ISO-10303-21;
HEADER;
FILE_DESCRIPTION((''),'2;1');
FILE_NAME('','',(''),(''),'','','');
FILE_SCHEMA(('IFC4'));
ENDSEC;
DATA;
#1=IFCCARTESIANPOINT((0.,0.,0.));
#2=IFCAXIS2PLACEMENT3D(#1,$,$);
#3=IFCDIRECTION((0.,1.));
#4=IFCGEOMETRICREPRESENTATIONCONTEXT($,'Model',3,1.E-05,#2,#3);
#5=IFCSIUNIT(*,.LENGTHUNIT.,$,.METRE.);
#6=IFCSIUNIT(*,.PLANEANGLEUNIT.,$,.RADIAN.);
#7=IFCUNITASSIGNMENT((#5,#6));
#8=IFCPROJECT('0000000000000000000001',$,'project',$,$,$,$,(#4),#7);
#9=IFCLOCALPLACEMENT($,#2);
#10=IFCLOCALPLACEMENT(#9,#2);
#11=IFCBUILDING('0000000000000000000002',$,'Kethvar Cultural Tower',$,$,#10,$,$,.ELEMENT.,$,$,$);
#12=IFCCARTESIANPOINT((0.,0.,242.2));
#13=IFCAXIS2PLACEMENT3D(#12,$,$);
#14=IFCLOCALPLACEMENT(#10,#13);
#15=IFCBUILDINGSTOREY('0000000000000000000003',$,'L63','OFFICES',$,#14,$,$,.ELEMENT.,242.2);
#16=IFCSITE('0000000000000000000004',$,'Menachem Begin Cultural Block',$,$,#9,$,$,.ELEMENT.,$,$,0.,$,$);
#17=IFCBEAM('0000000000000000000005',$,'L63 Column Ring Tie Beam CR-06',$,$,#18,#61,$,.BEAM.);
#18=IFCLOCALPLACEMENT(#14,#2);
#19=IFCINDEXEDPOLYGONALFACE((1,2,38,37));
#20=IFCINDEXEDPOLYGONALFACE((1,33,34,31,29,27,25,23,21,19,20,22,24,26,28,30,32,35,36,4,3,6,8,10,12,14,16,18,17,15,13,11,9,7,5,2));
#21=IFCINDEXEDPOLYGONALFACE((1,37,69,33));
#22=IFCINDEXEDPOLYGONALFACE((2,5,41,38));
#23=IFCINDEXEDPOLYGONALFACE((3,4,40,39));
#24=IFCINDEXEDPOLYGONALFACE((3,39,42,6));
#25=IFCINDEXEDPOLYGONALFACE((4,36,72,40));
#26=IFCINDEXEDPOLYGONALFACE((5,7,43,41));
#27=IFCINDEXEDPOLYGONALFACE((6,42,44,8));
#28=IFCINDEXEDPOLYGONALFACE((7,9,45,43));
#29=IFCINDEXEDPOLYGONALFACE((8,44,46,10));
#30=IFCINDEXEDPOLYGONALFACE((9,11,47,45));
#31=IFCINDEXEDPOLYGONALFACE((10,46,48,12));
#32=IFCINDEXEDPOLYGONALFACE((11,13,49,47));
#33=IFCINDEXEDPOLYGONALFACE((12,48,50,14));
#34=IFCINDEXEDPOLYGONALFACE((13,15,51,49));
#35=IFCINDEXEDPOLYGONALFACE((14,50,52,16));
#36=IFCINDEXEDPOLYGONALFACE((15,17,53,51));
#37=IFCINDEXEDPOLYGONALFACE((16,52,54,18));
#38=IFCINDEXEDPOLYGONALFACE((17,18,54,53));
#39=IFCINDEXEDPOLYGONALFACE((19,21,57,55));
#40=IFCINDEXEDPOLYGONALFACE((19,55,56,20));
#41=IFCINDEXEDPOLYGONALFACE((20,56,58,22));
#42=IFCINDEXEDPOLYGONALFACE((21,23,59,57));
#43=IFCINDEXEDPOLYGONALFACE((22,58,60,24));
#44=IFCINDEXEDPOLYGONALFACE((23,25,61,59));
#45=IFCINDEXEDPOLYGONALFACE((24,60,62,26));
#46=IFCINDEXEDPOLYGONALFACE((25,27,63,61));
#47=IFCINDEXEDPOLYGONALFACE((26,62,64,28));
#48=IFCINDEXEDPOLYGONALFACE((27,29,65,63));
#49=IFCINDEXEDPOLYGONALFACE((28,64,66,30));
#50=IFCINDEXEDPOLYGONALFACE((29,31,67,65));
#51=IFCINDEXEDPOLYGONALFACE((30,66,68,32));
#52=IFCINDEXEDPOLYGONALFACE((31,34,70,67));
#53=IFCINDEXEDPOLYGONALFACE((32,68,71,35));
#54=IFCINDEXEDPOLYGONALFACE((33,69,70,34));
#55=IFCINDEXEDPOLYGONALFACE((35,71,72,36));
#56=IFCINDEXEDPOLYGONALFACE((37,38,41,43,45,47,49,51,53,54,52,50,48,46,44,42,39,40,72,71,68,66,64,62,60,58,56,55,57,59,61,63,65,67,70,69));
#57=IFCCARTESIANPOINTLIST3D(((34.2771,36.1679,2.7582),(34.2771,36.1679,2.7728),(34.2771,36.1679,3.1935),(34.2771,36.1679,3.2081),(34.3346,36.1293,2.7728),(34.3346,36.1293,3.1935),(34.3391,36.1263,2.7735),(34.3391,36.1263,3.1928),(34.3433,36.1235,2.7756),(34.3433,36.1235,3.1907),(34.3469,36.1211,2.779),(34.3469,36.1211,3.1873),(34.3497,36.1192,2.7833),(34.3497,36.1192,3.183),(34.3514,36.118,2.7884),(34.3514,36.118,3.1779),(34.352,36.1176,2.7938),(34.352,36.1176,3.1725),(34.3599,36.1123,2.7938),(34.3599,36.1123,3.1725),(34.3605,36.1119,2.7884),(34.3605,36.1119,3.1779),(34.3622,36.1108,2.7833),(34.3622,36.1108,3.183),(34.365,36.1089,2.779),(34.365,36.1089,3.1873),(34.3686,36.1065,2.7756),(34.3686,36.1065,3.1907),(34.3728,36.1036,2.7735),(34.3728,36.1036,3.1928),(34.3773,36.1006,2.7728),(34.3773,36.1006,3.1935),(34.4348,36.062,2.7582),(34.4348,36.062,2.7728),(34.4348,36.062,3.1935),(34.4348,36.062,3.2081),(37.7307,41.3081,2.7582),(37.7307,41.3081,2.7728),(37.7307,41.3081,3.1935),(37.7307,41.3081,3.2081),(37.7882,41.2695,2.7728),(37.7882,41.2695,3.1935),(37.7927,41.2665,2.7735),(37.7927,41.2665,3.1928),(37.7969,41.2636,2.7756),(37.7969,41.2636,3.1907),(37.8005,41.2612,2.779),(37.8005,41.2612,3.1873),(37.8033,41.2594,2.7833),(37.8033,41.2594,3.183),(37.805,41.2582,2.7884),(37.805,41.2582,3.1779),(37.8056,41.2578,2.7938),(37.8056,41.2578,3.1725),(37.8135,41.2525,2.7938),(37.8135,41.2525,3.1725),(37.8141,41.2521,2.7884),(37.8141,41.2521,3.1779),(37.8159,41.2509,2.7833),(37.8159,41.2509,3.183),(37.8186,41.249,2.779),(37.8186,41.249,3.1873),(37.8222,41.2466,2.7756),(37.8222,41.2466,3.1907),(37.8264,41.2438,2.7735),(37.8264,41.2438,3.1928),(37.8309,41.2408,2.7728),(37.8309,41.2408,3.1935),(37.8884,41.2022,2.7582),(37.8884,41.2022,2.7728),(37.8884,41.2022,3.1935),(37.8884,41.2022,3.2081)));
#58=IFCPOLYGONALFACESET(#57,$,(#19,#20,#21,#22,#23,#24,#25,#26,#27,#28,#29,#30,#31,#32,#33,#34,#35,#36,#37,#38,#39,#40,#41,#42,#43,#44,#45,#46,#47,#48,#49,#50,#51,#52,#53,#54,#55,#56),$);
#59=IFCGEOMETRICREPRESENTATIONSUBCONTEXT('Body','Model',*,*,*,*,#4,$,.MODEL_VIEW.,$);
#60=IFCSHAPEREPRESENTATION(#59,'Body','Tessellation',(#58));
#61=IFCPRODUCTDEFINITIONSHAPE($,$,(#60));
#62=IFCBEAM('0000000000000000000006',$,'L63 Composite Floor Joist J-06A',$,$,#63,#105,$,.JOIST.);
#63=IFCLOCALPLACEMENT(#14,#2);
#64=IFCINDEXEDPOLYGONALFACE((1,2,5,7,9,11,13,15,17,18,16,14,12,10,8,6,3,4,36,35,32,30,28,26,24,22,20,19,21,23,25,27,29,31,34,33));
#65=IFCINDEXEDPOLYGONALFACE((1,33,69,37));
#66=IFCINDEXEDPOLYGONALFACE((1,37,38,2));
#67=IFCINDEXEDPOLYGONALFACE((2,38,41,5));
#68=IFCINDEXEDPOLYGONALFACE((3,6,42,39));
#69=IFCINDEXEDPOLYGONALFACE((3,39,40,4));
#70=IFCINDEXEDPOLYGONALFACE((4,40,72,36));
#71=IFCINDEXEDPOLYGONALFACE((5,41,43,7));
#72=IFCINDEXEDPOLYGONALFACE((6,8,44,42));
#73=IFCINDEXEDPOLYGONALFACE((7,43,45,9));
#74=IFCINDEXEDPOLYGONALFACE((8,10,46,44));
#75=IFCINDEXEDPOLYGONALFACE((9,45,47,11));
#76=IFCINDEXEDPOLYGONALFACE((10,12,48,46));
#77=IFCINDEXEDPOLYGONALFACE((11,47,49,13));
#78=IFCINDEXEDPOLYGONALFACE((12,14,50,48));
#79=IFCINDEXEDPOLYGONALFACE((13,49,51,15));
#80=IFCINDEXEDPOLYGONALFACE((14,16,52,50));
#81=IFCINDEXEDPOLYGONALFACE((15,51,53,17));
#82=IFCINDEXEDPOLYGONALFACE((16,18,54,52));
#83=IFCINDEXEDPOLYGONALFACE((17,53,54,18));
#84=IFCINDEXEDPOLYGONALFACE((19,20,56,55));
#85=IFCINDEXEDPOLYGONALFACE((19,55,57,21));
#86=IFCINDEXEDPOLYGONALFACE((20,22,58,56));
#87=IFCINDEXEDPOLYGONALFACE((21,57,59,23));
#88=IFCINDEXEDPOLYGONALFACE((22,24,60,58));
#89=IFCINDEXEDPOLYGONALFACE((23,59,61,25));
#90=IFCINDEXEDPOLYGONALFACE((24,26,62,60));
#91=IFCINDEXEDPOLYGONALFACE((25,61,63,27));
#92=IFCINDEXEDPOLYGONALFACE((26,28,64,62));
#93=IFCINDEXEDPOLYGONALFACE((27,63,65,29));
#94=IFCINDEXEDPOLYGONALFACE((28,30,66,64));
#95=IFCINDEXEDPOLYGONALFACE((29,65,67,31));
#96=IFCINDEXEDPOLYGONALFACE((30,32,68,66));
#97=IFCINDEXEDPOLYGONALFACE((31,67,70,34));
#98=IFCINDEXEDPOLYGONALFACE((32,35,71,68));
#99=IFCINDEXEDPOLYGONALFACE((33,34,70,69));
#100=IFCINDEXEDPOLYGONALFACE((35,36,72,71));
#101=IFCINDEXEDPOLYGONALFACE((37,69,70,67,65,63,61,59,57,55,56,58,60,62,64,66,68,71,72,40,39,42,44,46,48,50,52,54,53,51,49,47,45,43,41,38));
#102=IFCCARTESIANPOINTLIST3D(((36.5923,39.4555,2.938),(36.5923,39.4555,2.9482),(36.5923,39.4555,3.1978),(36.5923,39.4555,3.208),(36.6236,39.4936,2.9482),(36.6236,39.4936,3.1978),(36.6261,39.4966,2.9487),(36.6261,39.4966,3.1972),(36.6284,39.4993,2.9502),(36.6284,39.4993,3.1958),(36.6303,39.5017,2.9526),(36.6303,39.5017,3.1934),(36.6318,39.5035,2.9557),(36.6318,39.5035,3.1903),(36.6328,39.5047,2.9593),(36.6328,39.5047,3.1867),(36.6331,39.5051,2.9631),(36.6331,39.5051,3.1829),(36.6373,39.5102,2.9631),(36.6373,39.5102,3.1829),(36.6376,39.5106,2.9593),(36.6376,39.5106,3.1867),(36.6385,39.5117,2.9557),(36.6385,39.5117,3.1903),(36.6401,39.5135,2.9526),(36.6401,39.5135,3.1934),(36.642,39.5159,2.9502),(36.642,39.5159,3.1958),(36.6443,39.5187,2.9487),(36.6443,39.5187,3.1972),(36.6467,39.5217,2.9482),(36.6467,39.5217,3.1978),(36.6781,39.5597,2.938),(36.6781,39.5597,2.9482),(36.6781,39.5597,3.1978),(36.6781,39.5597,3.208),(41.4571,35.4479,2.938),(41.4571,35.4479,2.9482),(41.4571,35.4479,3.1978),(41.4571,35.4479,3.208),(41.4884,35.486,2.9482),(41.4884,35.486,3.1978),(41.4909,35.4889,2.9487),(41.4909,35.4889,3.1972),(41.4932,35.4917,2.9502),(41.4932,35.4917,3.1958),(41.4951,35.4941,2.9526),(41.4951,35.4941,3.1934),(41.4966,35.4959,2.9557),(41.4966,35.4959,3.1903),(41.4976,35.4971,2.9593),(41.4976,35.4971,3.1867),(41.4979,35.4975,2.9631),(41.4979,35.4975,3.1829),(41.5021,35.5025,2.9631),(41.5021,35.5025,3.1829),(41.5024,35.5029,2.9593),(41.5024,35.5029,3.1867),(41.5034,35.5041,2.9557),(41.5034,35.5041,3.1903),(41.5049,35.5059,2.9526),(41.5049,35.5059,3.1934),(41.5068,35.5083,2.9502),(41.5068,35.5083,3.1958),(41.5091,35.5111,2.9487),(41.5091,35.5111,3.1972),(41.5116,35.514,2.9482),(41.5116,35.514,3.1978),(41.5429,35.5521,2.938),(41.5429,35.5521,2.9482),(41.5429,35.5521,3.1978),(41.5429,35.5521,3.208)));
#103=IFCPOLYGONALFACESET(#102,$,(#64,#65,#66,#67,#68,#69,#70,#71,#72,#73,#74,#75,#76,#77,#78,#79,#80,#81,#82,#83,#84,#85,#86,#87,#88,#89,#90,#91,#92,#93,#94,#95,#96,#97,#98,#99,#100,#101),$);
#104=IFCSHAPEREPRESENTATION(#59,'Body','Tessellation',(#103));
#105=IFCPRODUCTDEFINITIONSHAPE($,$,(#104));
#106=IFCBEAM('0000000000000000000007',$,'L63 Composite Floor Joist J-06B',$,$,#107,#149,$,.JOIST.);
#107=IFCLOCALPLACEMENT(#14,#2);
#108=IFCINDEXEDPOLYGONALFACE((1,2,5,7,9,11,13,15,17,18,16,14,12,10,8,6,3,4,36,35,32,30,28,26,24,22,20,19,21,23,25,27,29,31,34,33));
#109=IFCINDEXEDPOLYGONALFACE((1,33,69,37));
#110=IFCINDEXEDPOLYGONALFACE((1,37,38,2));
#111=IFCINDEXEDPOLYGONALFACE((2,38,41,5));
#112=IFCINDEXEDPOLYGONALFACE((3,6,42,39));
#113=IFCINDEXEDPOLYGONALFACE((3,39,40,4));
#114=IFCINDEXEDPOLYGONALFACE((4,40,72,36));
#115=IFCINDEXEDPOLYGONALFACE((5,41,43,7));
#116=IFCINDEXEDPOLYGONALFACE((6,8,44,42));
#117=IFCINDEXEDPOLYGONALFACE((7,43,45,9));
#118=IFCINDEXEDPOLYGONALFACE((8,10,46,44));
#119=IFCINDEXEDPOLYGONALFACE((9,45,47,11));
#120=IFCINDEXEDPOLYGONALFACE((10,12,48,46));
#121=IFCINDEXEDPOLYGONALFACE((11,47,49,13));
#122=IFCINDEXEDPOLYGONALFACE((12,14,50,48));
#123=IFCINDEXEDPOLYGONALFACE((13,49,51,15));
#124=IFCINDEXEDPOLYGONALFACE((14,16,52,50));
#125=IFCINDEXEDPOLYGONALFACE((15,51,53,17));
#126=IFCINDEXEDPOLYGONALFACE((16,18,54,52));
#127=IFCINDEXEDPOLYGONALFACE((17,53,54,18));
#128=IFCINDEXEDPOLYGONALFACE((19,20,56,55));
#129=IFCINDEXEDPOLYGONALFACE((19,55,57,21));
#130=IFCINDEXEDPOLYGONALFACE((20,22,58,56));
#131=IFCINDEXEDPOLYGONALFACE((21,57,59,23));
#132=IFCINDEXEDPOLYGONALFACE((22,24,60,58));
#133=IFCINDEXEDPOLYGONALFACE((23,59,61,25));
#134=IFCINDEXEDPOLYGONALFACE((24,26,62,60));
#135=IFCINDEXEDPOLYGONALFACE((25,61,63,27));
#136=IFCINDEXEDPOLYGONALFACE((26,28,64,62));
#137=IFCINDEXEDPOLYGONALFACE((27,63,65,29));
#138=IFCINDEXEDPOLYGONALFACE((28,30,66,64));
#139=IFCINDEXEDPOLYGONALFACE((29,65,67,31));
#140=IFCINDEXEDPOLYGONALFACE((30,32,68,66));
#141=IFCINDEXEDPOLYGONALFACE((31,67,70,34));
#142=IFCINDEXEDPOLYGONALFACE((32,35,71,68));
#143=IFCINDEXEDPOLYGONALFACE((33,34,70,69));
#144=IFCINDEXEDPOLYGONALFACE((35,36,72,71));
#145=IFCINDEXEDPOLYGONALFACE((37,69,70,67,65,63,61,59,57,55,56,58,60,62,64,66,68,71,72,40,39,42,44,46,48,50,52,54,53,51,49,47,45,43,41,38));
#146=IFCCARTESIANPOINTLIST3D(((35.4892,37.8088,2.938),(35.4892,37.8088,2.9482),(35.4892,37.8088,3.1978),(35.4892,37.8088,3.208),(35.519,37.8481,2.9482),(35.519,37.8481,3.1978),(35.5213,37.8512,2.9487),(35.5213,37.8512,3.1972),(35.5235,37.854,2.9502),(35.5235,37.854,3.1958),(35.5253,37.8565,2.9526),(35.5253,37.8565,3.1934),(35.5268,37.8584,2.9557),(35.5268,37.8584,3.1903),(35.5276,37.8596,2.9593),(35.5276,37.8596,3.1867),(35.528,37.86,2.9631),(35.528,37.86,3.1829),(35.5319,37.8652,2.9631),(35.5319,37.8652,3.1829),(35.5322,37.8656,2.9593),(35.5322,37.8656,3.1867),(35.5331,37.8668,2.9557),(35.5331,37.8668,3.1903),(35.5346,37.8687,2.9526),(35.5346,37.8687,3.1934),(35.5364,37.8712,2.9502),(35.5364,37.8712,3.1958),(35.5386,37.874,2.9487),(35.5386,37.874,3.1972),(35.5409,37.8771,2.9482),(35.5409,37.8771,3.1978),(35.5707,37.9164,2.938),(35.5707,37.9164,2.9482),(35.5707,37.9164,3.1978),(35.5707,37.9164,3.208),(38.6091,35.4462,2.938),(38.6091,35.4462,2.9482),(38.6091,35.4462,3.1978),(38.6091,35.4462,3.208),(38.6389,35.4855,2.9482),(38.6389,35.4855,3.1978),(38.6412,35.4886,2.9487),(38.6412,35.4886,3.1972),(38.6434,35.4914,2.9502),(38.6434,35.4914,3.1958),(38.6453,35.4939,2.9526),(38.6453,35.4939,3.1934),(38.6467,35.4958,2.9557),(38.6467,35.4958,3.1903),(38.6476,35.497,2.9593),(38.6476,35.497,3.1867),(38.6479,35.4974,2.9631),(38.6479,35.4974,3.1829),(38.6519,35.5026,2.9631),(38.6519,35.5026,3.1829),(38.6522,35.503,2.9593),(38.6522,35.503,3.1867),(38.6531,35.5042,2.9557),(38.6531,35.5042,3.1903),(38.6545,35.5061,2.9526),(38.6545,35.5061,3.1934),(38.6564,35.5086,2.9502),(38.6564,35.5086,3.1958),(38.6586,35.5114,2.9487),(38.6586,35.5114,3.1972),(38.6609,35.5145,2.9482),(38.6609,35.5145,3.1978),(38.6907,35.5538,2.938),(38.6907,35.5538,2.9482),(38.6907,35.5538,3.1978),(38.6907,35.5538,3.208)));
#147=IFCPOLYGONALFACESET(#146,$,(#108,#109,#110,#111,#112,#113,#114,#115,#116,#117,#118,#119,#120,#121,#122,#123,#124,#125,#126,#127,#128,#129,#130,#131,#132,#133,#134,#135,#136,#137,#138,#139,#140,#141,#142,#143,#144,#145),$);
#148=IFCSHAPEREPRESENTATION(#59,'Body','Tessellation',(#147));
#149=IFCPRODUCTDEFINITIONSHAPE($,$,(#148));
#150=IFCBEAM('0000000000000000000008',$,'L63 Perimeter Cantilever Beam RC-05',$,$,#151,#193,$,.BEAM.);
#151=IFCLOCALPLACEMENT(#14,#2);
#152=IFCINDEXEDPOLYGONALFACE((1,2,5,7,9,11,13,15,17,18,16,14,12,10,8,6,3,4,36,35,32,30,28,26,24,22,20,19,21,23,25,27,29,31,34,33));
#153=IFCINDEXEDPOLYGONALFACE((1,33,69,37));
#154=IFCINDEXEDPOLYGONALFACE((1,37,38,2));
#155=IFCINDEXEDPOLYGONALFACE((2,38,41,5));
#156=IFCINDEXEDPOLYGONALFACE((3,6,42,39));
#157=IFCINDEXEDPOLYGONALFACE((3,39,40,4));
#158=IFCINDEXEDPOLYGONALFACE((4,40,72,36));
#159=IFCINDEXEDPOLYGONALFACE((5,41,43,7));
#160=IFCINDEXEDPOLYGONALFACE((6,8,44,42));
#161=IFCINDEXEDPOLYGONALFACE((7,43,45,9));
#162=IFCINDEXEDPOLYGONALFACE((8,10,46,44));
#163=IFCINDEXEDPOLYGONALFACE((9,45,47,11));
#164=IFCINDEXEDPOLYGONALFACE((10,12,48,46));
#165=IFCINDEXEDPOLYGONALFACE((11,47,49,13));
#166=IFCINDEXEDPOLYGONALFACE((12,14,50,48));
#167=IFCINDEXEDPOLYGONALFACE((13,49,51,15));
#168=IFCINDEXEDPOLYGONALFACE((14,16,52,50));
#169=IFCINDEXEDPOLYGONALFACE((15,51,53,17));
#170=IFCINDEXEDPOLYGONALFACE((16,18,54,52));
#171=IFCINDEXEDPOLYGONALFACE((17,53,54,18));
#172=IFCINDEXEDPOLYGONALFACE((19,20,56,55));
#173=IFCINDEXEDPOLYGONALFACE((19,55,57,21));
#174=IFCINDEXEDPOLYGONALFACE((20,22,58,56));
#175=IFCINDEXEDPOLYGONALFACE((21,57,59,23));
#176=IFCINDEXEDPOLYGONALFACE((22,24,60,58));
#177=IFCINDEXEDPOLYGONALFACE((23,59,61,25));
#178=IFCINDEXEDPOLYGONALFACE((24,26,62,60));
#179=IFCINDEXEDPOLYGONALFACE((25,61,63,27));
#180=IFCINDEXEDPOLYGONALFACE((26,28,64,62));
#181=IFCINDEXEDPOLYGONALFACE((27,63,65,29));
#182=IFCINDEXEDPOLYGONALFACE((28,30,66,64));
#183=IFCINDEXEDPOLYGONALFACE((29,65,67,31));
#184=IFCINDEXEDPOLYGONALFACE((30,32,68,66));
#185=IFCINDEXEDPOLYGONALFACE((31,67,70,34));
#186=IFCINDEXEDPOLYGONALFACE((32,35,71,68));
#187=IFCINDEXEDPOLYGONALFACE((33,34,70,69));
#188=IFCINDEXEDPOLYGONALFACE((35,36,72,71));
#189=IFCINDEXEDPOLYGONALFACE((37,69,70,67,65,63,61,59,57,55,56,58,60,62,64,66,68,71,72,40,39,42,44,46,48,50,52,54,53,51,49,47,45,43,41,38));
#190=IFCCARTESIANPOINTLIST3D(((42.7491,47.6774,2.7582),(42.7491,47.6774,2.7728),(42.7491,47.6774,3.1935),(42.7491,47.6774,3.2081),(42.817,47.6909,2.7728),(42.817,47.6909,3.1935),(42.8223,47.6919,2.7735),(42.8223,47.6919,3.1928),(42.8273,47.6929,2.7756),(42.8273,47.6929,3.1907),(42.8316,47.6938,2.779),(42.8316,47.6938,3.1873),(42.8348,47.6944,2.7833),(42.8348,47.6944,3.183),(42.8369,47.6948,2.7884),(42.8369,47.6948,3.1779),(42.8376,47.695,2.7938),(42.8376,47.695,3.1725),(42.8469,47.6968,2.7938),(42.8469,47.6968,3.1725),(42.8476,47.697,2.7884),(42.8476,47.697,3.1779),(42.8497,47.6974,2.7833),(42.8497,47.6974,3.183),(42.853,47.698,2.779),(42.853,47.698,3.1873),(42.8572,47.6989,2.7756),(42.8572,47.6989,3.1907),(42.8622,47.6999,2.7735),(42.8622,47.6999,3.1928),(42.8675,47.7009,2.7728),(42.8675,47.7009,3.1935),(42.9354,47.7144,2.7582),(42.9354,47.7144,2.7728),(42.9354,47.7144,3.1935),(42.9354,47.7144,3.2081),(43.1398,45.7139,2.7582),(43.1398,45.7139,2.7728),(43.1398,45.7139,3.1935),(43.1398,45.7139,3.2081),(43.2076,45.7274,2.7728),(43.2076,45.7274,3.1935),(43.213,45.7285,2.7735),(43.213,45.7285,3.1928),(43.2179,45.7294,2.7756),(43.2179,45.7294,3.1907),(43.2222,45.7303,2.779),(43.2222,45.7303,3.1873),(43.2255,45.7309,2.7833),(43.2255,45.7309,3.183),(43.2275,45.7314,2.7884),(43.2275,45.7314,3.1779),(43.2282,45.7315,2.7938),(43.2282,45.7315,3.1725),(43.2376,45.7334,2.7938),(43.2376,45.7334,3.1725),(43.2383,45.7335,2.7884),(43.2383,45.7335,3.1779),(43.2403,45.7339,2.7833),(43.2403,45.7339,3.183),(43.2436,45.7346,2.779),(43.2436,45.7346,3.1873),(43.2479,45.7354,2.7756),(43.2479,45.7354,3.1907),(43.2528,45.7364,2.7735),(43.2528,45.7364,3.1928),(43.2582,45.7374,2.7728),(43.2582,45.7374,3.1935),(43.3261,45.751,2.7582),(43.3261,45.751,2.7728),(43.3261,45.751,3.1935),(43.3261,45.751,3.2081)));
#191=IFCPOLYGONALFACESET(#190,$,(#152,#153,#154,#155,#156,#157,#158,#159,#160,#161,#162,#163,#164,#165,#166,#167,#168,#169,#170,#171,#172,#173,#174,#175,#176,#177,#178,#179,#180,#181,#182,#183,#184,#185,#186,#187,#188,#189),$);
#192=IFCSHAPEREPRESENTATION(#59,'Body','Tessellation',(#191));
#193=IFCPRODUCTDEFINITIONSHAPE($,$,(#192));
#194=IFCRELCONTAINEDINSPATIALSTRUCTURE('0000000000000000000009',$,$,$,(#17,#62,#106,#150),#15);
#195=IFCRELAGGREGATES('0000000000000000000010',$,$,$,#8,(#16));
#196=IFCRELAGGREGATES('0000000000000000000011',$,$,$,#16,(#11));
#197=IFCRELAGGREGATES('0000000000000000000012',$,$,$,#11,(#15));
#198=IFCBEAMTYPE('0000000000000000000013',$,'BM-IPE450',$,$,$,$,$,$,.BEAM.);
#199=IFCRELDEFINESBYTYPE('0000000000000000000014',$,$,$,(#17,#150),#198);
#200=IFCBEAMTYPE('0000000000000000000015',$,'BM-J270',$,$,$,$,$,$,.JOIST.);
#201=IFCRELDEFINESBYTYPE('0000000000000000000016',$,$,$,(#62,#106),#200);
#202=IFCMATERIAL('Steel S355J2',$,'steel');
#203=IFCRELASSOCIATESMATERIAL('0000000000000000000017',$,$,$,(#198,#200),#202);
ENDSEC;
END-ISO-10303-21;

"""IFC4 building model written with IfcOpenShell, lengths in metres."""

from ifc_helpers import new_model, si_unit, direction, frame, origin, origin_2d, place, context, subcontext, project, spatial, i_section, extrude, source, transform, mapped, material, material_profile, profile_set, type_object, element, save


model = new_model("IFC4")

# Units and contexts
model_context = context("Model", 3, precision=1e-05, world=origin(), true_north=direction((0.0, 1.0)))
body_context = subcontext(model_context, "Body", "Model", "MODEL_VIEW")
ifc_project = project(units=[si_unit("LENGTHUNIT", "METRE"), si_unit("PLANEANGLEUNIT", "RADIAN")], contexts=[model_context])

# Site, building, storey
site_placement = place(None, origin())
site = spatial("IfcSite", under=ifc_project, at=site_placement, Name="Menachem Begin Cultural Block", CompositionType="ELEMENT", RefElevation=0.0)
building_placement = place(site_placement, origin())
building = spatial("IfcBuilding", under=site, at=building_placement, Name="Kethvar Cultural Tower", CompositionType="ELEMENT")
storey_placement = place(building_placement, frame((0.0, 0.0, 242.2)))
storey = spatial("IfcBuildingStorey", under=building, at=storey_placement, Name="L63", Description="OFFICES", CompositionType="ELEMENT", Elevation=242.2)

# Beams
ifc_material_1 = material(Name="Steel S355J2", Category="steel")
ifc_material_profile_1 = material_profile(ifc_material_1, i_section(OverallWidth=0.1899, OverallDepth=0.45, WebThickness=0.0095, FlangeThickness=0.0146, FilletRadius=0.021, at=origin_2d()), Name="Steel S355J2 — IPE450")
ifc_profile_set_1 = profile_set([ifc_material_profile_1], Name="Steel S355J2 — IPE450")
beam_type_1 = type_object("IfcBeamType", Name="BM-IPE450", PredefinedType="BEAM", material=ifc_profile_set_1)
ifc_material_profile_2 = material_profile(ifc_material_1, i_section(OverallWidth=0.135, OverallDepth=0.27, WebThickness=0.0066, FlangeThickness=0.0103, FilletRadius=0.0149, at=origin_2d()), Name="Steel S355J2 — IPE270")
ifc_profile_set_2 = profile_set([ifc_material_profile_2], Name="Steel S355J2 — IPE270")
beam_type_2 = type_object("IfcBeamType", Name="BM-J270", PredefinedType="JOIST", material=ifc_profile_set_2)
shared_shape_1 = source(origin(), body_context, "Body", "SweptSolid", [
    extrude(i_section(OverallWidth=0.1899, OverallDepth=0.45, WebThickness=0.0095, FlangeThickness=0.0146, FilletRadius=0.021, at=origin_2d()), origin(), (0.0, 0.0, 1.0), 6.1926),
])
beam_1_placement = place(storey_placement, frame((37.8096, 41.2551, 2.9832), z_axis=(-0.557699, -0.830043, 0.0), x_axis=(0.830043, -0.557699, 0.0)))
element("IfcBeam", 1, at=beam_1_placement, inside=storey, type_object=beam_type_1, Name="L63 Column Ring Tie Beam CR-06", PredefinedType="BEAM", context=body_context, shape_type="MappedRepresentation", body=[
    mapped(shared_shape_1, transform((0.0, 0.0, 0.0), scale=1.0)),
])
shared_shape_2 = source(origin(), body_context, "Body", "SweptSolid", [
    extrude(i_section(OverallWidth=0.135, OverallDepth=0.27, WebThickness=0.0066, FlangeThickness=0.0103, FilletRadius=0.0149, at=origin_2d()), origin(), (0.0, 0.0, 1.0), 6.303),
])
beam_2_placement = place(storey_placement, frame((41.5, 35.5, 3.073), z_axis=(-0.771828, 0.635831, 0.0), x_axis=(-0.635831, -0.771828, 0.0)))
element("IfcBeam", 2, at=beam_2_placement, inside=storey, type_object=beam_type_2, Name="L63 Composite Floor Joist J-06A", PredefinedType="JOIST", context=body_context, shape_type="MappedRepresentation", body=[
    mapped(shared_shape_2, transform((0.0, 0.0, 0.0), scale=1.0)),
])
shared_shape_3 = source(origin(), body_context, "Body", "SweptSolid", [
    extrude(i_section(OverallWidth=0.135, OverallDepth=0.27, WebThickness=0.0066, FlangeThickness=0.0103, FilletRadius=0.0149, at=origin_2d()), origin(), (0.0, 0.0, 1.0), 3.9136),
])
beam_3_placement = place(storey_placement, frame((38.6499, 35.5, 3.073), z_axis=(-0.797214, 0.603697, 0.0), x_axis=(-0.603697, -0.797214, 0.0)))
element("IfcBeam", 3, at=beam_3_placement, inside=storey, type_object=beam_type_2, Name="L63 Composite Floor Joist J-06B", PredefinedType="JOIST", context=body_context, shape_type="MappedRepresentation", body=[
    mapped(shared_shape_3, transform((0.0, 0.0, 0.0), scale=1.0)),
])
shared_shape_4 = source(origin(), body_context, "Body", "SweptSolid", [
    extrude(i_section(OverallWidth=0.1899, OverallDepth=0.45, WebThickness=0.0095, FlangeThickness=0.0146, FilletRadius=0.021, at=origin_2d()), origin(), (0.0, 0.0, 1.0), 2.002),
])
beam_4_placement = place(storey_placement, frame((43.2329, 45.7324, 2.9832), z_axis=(-0.195131, 0.980777, 0.0), x_axis=(-0.980777, -0.195131, 0.0)))
element("IfcBeam", 4, at=beam_4_placement, inside=storey, type_object=beam_type_1, Name="L63 Perimeter Cantilever Beam RC-05", PredefinedType="BEAM", context=body_context, shape_type="MappedRepresentation", body=[
    mapped(shared_shape_4, transform((0.0, 0.0, 0.0), scale=1.0)),
])

save(model, "model.ifc")
